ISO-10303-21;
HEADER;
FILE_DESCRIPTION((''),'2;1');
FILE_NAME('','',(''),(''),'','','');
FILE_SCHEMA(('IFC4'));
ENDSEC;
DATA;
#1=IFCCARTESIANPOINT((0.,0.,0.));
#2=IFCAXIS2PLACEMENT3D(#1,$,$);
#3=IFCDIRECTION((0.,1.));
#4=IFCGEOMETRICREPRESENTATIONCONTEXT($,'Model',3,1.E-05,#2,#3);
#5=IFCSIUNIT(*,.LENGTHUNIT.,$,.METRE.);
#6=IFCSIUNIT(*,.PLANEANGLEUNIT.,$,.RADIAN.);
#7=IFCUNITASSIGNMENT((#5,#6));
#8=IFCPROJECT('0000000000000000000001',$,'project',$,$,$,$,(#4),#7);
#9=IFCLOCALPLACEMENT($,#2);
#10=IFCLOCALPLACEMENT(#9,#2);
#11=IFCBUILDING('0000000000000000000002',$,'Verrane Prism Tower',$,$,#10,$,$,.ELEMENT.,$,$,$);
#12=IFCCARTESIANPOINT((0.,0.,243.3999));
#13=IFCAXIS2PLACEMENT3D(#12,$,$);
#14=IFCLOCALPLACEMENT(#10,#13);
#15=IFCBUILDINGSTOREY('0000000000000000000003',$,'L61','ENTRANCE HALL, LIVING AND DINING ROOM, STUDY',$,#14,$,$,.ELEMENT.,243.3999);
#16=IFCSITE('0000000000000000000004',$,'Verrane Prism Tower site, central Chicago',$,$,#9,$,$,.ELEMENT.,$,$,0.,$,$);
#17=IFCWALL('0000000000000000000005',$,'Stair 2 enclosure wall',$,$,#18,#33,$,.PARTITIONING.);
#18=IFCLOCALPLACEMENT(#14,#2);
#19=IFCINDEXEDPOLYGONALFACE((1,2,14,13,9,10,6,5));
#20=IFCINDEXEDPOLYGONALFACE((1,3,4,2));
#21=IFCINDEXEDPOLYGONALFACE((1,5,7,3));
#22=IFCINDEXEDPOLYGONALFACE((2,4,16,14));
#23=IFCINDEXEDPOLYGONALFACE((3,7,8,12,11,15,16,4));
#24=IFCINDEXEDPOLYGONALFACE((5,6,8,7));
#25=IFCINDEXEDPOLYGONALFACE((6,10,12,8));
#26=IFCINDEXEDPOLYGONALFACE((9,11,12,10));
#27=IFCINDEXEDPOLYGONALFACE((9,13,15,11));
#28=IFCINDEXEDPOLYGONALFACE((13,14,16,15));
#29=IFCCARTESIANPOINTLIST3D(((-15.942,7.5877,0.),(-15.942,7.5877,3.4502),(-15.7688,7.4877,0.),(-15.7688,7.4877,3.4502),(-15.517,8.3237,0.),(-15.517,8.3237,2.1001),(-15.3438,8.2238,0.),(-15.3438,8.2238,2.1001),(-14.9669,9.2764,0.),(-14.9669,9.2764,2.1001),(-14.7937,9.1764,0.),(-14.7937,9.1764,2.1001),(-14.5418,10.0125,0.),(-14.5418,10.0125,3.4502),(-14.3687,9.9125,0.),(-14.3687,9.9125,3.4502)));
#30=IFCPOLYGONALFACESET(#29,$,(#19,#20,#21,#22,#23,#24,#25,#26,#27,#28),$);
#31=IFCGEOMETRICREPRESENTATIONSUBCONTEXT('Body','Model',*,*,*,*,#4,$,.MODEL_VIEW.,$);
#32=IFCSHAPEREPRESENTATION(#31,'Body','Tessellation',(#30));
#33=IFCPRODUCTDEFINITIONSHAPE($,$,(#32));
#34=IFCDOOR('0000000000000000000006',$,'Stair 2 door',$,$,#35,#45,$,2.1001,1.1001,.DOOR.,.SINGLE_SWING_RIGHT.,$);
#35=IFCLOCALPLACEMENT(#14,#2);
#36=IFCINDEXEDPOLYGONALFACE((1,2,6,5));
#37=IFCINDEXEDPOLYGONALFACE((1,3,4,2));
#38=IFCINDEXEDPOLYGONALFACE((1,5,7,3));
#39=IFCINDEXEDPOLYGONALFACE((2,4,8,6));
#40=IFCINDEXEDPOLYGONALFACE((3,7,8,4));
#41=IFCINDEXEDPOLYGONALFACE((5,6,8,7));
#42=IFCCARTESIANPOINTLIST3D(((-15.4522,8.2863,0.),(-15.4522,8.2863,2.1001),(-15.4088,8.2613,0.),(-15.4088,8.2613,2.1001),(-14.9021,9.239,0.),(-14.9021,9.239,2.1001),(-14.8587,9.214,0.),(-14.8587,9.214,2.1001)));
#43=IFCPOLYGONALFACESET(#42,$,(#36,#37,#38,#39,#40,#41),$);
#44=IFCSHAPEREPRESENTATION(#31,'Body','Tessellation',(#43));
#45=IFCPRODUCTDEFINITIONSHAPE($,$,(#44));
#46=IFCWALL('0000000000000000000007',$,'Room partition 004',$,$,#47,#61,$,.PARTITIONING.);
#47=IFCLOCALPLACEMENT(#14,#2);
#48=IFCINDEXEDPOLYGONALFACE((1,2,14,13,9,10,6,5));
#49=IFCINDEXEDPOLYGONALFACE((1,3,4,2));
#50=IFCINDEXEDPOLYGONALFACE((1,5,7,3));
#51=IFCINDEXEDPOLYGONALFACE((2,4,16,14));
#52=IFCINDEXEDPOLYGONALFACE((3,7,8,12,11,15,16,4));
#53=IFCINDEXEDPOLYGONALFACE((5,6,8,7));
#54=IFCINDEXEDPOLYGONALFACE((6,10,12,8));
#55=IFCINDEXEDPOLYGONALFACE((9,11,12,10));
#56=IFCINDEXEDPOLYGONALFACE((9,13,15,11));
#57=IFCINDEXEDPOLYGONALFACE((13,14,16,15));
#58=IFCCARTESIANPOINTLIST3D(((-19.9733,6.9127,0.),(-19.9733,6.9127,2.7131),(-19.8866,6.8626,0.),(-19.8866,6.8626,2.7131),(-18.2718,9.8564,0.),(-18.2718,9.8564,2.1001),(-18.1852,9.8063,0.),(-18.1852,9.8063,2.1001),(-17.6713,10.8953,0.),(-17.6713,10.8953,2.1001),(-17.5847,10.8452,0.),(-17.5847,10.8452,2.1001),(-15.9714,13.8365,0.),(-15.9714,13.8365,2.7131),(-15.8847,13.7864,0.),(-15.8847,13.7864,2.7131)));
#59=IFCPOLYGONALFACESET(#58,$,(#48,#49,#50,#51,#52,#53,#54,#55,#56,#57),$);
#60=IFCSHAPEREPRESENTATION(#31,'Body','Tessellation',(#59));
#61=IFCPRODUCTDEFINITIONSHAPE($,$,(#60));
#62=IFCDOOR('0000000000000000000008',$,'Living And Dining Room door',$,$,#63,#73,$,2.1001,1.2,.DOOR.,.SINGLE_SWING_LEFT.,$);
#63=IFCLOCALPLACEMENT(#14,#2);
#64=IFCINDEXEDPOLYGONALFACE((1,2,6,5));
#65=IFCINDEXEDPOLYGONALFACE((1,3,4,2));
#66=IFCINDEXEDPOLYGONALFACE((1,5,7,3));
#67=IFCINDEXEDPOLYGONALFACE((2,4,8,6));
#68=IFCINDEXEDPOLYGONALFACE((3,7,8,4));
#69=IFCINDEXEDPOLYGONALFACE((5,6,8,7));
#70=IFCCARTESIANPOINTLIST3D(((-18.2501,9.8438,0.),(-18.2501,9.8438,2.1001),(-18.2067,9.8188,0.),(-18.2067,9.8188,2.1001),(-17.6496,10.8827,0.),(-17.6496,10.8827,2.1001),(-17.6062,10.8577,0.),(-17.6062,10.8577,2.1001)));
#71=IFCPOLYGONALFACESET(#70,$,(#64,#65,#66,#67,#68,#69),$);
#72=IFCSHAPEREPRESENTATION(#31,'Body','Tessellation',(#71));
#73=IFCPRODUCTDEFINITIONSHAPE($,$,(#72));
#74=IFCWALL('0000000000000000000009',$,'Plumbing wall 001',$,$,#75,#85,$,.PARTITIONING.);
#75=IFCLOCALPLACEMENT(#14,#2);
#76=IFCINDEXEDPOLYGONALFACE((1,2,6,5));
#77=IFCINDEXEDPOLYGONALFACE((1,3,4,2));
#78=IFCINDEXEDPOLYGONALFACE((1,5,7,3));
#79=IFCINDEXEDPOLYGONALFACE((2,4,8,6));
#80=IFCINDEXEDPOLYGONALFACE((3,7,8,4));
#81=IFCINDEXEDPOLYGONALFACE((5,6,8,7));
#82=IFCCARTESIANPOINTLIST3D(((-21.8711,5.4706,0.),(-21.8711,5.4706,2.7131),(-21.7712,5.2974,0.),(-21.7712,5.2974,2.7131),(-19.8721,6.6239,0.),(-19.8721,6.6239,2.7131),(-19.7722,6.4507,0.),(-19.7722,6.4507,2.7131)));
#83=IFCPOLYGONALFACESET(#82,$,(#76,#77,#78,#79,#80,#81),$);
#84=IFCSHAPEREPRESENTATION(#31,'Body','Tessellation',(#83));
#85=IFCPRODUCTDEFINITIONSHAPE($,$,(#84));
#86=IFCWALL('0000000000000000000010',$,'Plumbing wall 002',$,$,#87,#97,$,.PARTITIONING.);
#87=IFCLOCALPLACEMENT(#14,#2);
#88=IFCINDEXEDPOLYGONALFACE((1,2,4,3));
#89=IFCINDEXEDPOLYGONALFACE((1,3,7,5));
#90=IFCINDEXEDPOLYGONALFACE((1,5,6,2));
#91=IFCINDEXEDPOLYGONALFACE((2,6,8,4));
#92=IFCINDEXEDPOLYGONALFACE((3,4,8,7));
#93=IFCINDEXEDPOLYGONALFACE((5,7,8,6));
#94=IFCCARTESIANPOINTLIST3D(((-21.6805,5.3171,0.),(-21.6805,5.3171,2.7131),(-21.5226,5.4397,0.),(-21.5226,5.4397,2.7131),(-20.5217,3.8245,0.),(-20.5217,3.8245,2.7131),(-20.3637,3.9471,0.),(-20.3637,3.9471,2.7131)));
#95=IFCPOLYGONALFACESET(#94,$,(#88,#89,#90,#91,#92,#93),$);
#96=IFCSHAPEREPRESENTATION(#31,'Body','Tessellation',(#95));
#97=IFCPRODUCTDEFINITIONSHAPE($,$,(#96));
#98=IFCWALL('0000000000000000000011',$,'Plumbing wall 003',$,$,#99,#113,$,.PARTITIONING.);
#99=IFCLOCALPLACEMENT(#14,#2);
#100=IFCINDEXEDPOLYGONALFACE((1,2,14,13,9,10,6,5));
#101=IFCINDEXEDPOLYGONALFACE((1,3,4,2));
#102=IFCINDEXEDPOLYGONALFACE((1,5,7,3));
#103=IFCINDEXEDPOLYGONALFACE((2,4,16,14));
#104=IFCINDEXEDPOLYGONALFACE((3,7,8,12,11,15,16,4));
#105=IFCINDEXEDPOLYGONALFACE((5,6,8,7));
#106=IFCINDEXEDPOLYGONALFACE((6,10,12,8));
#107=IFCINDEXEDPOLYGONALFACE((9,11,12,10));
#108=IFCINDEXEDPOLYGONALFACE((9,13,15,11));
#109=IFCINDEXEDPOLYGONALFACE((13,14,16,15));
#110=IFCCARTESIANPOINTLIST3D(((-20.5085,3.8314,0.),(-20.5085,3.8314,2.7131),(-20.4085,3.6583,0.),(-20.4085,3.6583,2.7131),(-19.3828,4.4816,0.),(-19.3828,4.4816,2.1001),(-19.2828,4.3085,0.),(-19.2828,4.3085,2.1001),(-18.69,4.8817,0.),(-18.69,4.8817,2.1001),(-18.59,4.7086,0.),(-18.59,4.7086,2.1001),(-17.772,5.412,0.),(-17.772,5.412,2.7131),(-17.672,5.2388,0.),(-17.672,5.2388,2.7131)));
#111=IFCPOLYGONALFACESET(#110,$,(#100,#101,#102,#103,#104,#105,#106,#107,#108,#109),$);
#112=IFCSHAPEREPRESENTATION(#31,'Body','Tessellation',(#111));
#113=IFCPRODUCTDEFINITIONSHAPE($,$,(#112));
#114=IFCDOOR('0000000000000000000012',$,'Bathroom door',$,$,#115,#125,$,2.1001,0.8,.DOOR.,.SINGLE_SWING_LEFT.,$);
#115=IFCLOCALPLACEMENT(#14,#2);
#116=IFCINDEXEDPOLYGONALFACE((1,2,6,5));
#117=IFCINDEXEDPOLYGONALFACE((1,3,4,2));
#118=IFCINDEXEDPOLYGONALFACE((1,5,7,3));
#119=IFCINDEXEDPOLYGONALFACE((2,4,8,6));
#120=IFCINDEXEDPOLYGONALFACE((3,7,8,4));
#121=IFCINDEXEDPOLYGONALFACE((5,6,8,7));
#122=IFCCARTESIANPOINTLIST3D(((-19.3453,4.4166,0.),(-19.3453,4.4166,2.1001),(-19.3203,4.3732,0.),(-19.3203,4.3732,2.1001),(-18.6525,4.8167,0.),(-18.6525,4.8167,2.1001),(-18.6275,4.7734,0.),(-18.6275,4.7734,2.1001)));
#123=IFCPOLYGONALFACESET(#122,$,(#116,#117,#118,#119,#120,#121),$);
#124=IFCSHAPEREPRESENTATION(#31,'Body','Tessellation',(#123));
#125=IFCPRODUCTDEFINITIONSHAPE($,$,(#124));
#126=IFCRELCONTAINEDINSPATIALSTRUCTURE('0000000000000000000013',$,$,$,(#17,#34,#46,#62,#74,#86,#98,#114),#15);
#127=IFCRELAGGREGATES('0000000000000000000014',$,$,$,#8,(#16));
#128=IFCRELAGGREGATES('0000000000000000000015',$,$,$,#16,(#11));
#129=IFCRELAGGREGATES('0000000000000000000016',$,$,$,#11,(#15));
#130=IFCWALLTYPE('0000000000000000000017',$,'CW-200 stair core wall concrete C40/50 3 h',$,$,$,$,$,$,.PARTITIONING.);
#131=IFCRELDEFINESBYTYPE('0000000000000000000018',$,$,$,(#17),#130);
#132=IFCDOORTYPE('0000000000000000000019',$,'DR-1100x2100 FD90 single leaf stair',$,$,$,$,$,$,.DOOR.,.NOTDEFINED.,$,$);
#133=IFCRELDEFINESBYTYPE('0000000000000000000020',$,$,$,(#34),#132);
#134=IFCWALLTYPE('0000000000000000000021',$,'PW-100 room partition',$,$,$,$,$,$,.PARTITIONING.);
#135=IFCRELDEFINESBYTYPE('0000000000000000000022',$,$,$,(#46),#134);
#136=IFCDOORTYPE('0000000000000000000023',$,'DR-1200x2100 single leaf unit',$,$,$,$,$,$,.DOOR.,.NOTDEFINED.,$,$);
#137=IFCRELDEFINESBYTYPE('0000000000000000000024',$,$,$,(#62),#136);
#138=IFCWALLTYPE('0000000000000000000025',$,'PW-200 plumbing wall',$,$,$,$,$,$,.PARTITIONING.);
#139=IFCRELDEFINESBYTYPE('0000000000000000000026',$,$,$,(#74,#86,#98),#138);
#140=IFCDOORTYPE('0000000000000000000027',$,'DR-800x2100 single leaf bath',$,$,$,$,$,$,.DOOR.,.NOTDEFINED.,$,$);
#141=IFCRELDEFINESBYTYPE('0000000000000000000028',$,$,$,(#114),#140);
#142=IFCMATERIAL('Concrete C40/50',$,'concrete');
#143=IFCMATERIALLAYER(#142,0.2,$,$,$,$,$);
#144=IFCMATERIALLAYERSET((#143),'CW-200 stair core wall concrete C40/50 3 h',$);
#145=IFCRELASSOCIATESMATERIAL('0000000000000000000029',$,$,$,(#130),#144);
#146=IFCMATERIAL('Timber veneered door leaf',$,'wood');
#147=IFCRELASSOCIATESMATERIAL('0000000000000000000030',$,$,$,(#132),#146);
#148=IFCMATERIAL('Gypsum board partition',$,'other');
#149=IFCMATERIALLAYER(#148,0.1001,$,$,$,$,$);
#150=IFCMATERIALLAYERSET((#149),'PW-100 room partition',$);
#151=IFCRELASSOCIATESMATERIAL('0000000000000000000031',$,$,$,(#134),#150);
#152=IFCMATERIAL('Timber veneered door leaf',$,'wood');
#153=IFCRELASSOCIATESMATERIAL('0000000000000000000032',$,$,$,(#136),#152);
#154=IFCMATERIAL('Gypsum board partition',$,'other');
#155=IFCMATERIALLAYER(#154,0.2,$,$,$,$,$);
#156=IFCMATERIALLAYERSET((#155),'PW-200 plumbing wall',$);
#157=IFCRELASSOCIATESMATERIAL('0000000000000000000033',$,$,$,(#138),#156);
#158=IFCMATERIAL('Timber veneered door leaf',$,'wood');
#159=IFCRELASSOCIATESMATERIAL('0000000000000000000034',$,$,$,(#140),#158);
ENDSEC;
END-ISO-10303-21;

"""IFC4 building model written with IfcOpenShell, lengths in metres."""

from ifc_helpers import new_model, si_unit, direction, frame, frame_2d, origin, place, context, subcontext, project, spatial, rectangle, extrude, material, layer, layer_set, type_object, element, fill, save


model = new_model("IFC4")

# Units and contexts
model_context = context("Model", 3, precision=1e-05, world=origin(), true_north=direction((0.0, 1.0)))
body_context = subcontext(model_context, "Body", "Model", "MODEL_VIEW")
ifc_project = project(units=[si_unit("LENGTHUNIT", "METRE"), si_unit("PLANEANGLEUNIT", "RADIAN")], contexts=[model_context])

# Site, building, storey
site_placement = place(None, origin())
site = spatial("IfcSite", under=ifc_project, at=site_placement, Name="Verrane Prism Tower site, central Chicago", CompositionType="ELEMENT", RefElevation=0.0)
building_placement = place(site_placement, origin())
building = spatial("IfcBuilding", under=site, at=building_placement, Name="Verrane Prism Tower", CompositionType="ELEMENT")
storey_placement = place(building_placement, frame((0.0, 0.0, 243.3999)))
storey = spatial("IfcBuildingStorey", under=building, at=storey_placement, Name="L61", Description="ENTRANCE HALL, LIVING AND DINING ROOM, STUDY", CompositionType="ELEMENT", Elevation=243.3999)

# Walls, openings, doors
ifc_material_1 = material(Name="Concrete C40/50", Category="concrete")
ifc_layer_1 = layer(ifc_material_1, 0.2)
ifc_layer_set_1 = layer_set([ifc_layer_1], Name="CW-200 stair core wall concrete C40/50 3 h")
wall_type_1 = type_object("IfcWallType", Name="CW-200 stair core wall concrete C40/50 3 h", PredefinedType="PARTITIONING", material=ifc_layer_set_1)
wall_1_placement = place(storey_placement, frame((-14.4553, 9.9624, 0.0), z_axis=(0.0, 0.0, 1.0), x_axis=(-0.50005, -0.865997, 0.0)))
wall_1 = element("IfcWall", 1, at=wall_1_placement, inside=storey, type_object=wall_type_1, Name="Stair 2 enclosure wall", PredefinedType="PARTITIONING", context=body_context, shape_type="SweptSolid", body=[
    extrude(rectangle(XDim=2.8, YDim=0.2, at=frame_2d((1.3999, 0.0))), origin(), (0.0, 0.0, 1.0), 3.4502),
])
opening_1_placement = place(wall_1_placement, frame((0.8499, 0.0, 0.0)))
opening_1 = element("IfcOpeningElement", 2, at=opening_1_placement, cuts=wall_1, PredefinedType="OPENING", context=body_context, shape_type="SweptSolid", body=[
    extrude(rectangle(XDim=1.1001, YDim=2.1001, at=frame_2d((0.55, 1.05))), frame((0.0, 0.1099, 0.0), z_axis=(0.0, -1.0, 0.0), x_axis=(1.0, 0.0, 0.0)), (0.0, 0.0, 1.0), 0.22),
])
ifc_material_2 = material(Name="Timber veneered door leaf", Category="wood")
door_type_1 = type_object("IfcDoorType", Name="DR-1100x2100 FD90 single leaf stair", OperationType="NOTDEFINED", PredefinedType="DOOR", material=ifc_material_2)
door_1_placement = place(opening_1_placement, origin())
door_1 = element("IfcDoor", 3, at=door_1_placement, inside=storey, type_object=door_type_1, Name="Stair 2 door", OperationType="SINGLE_SWING_RIGHT", OverallHeight=2.1001, OverallWidth=1.1001, PredefinedType="DOOR", context=body_context, shape_type="SweptSolid", body=[
    extrude(rectangle(XDim=1.1001, YDim=2.1001, at=frame_2d((0.55, 1.05))), frame((0.0, 0.0249, 0.0), z_axis=(0.0, -1.0, 0.0), x_axis=(1.0, 0.0, 0.0)), (0.0, 0.0, 1.0), 0.05),
])
fill(opening_1, door_1)
ifc_material_3 = material(Name="Gypsum board partition", Category="other")
ifc_layer_2 = layer(ifc_material_3, 0.1001)
ifc_layer_set_2 = layer_set([ifc_layer_2], Name="PW-100 room partition")
wall_type_2 = type_object("IfcWallType", Name="PW-100 room partition", PredefinedType="PARTITIONING", material=ifc_layer_set_2)
wall_2_placement = place(storey_placement, frame((-19.9299, 6.8877, 0.0), z_axis=(0.0, 0.0, 1.0), x_axis=(0.50042, 0.865783, 0.0)))
wall_2 = element("IfcWall", 4, at=wall_2_placement, inside=storey, type_object=wall_type_2, Name="Room partition 004", PredefinedType="PARTITIONING", context=body_context, shape_type="SweptSolid", body=[
    extrude(rectangle(XDim=7.9971, YDim=0.1001, at=frame_2d((3.9985, 0.0))), origin(), (0.0, 0.0, 1.0), 2.7131),
])
opening_2_placement = place(wall_2_placement, frame((3.3999, 0.0, 0.0)))
opening_2 = element("IfcOpeningElement", 5, at=opening_2_placement, cuts=wall_2, PredefinedType="OPENING", context=body_context, shape_type="SweptSolid", body=[
    extrude(rectangle(XDim=1.2, YDim=2.1001, at=frame_2d((0.6001, 1.05))), frame((0.0, 0.0601, 0.0), z_axis=(0.0, -1.0, 0.0), x_axis=(1.0, 0.0, 0.0)), (0.0, 0.0, 1.0), 0.1201),
])
ifc_material_4 = material(Name="Timber veneered door leaf", Category="wood")
door_type_2 = type_object("IfcDoorType", Name="DR-1200x2100 single leaf unit", OperationType="NOTDEFINED", PredefinedType="DOOR", material=ifc_material_4)
door_2_placement = place(opening_2_placement, origin())
door_2 = element("IfcDoor", 6, at=door_2_placement, inside=storey, type_object=door_type_2, Name="Living And Dining Room door", OperationType="SINGLE_SWING_LEFT", OverallHeight=2.1001, OverallWidth=1.2, PredefinedType="DOOR", context=body_context, shape_type="SweptSolid", body=[
    extrude(rectangle(XDim=1.2, YDim=2.1001, at=frame_2d((0.6001, 1.05))), frame((0.0, 0.0249, 0.0), z_axis=(0.0, -1.0, 0.0), x_axis=(1.0, 0.0, 0.0)), (0.0, 0.0, 1.0), 0.05),
])
fill(opening_2, door_2)

# Walls
ifc_material_5 = material(Name="Gypsum board partition", Category="other")
ifc_layer_3 = layer(ifc_material_5, 0.2)
ifc_layer_set_3 = layer_set([ifc_layer_3], Name="PW-200 plumbing wall")
wall_type_3 = type_object("IfcWallType", Name="PW-200 plumbing wall", PredefinedType="PARTITIONING", material=ifc_layer_set_3)
wall_3_placement = place(storey_placement, frame((-21.821, 5.384, 0.0), z_axis=(0.0, 0.0, 1.0), x_axis=(0.866179, 0.499735, 0.0)))
element("IfcWall", 7, at=wall_3_placement, inside=storey, type_object=wall_type_3, Name="Plumbing wall 001", PredefinedType="PARTITIONING", context=body_context, shape_type="SweptSolid", body=[
    extrude(rectangle(XDim=2.3079, YDim=0.2, at=frame_2d((1.1538, 0.0))), origin(), (0.0, 0.0, 1.0), 2.7131),
])
wall_4_placement = place(storey_placement, frame((-21.6016, 5.3784, 0.0), z_axis=(0.0, 0.0, 1.0), x_axis=(0.61327, -0.789874, 0.0)))
element("IfcWall", 8, at=wall_4_placement, inside=storey, type_object=wall_type_3, Name="Plumbing wall 002", PredefinedType="PARTITIONING", context=body_context, shape_type="SweptSolid", body=[
    extrude(rectangle(XDim=1.8896, YDim=0.2, at=frame_2d((0.9448, 0.0))), origin(), (0.0, 0.0, 1.0), 2.7131),
])

# Wall, opening, door
wall_5_placement = place(storey_placement, frame((-20.4585, 3.7449, 0.0), z_axis=(0.0, 0.0, 1.0), x_axis=(0.865942, 0.500144, 0.0)))
wall_5 = element("IfcWall", 9, at=wall_5_placement, inside=storey, type_object=wall_type_3, Name="Plumbing wall 003", PredefinedType="PARTITIONING", context=body_context, shape_type="SweptSolid", body=[
    extrude(rectangle(XDim=3.1602, YDim=0.2, at=frame_2d((1.5801, 0.0))), origin(), (0.0, 0.0, 1.0), 2.7131),
])
opening_3_placement = place(wall_5_placement, frame((1.3, 0.0, 0.0)))
opening_3 = element("IfcOpeningElement", 10, at=opening_3_placement, cuts=wall_5, PredefinedType="OPENING", context=body_context, shape_type="SweptSolid", body=[
    extrude(rectangle(XDim=0.8, YDim=2.1001, at=frame_2d((0.3999, 1.05))), frame((0.0, 0.1099, 0.0), z_axis=(0.0, -1.0, 0.0), x_axis=(1.0, 0.0, 0.0)), (0.0, 0.0, 1.0), 0.22),
])
ifc_material_6 = material(Name="Timber veneered door leaf", Category="wood")
door_type_3 = type_object("IfcDoorType", Name="DR-800x2100 single leaf bath", OperationType="NOTDEFINED", PredefinedType="DOOR", material=ifc_material_6)
door_3_placement = place(opening_3_placement, origin())
door_3 = element("IfcDoor", 11, at=door_3_placement, inside=storey, type_object=door_type_3, Name="Bathroom door", OperationType="SINGLE_SWING_LEFT", OverallHeight=2.1001, OverallWidth=0.8, PredefinedType="DOOR", context=body_context, shape_type="SweptSolid", body=[
    extrude(rectangle(XDim=0.8, YDim=2.1001, at=frame_2d((0.3999, 1.05))), frame((0.0, 0.0249, 0.0), z_axis=(0.0, -1.0, 0.0), x_axis=(1.0, 0.0, 0.0)), (0.0, 0.0, 1.0), 0.05),
])
fill(opening_3, door_3)

save(model, "model.ifc")
